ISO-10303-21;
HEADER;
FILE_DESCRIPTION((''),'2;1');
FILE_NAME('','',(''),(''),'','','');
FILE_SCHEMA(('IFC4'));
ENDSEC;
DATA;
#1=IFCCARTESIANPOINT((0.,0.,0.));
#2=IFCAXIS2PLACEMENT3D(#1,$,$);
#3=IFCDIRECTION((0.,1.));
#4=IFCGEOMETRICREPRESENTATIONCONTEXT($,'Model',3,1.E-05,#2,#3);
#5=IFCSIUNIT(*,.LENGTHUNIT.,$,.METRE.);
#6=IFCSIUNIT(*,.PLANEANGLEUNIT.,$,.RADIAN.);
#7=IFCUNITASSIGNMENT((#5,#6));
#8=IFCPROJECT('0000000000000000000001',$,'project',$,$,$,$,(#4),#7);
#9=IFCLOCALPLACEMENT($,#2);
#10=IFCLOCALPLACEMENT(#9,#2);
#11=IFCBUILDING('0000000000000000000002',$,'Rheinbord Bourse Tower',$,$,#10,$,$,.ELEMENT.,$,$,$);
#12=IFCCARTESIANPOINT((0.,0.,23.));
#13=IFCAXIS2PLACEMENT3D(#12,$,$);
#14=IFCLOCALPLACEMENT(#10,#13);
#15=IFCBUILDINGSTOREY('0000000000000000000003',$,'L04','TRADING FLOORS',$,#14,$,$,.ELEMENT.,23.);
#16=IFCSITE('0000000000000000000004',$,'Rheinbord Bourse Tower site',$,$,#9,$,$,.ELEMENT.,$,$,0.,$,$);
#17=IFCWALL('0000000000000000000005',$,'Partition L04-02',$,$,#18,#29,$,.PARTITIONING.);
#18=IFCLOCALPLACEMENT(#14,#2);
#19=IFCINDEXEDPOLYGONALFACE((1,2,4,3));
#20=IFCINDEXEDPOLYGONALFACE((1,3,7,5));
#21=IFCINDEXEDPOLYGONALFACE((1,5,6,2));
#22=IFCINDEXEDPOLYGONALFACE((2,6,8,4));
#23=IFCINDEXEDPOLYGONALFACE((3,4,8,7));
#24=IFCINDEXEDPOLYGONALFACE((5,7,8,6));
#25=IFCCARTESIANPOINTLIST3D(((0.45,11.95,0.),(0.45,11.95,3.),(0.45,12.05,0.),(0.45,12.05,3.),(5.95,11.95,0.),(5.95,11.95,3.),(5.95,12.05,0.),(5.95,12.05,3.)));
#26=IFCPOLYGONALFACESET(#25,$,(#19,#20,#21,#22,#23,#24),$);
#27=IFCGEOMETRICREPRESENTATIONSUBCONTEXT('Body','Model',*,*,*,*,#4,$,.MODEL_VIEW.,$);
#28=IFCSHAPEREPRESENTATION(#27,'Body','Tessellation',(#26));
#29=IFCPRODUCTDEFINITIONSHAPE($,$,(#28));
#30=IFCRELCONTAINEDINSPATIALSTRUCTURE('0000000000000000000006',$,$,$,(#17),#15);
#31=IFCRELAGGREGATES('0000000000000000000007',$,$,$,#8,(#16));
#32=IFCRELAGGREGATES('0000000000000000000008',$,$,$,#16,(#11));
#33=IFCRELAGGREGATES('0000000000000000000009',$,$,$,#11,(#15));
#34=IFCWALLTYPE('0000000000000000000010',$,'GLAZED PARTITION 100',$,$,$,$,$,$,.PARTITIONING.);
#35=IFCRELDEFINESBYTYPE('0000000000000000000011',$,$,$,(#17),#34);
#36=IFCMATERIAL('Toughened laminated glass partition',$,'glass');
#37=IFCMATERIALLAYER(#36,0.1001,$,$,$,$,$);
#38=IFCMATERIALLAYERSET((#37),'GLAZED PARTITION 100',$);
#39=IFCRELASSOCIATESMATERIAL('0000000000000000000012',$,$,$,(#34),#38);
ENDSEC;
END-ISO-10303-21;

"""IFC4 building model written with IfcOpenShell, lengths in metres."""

from ifc_helpers import new_model, si_unit, direction, frame, frame_2d, origin, place, context, subcontext, project, spatial, rectangle, extrude, material, layer, layer_set, type_object, element, save


model = new_model("IFC4")

# Units and contexts
model_context = context("Model", 3, precision=1e-05, world=origin(), true_north=direction((0.0, 1.0)))
body_context = subcontext(model_context, "Body", "Model", "MODEL_VIEW")
ifc_project = project(units=[si_unit("LENGTHUNIT", "METRE"), si_unit("PLANEANGLEUNIT", "RADIAN")], contexts=[model_context])

# Site, building, storey
site_placement = place(None, origin())
site = spatial("IfcSite", under=ifc_project, at=site_placement, Name="Rheinbord Bourse Tower site", CompositionType="ELEMENT", RefElevation=0.0)
building_placement = place(site_placement, origin())
building = spatial("IfcBuilding", under=site, at=building_placement, Name="Rheinbord Bourse Tower", CompositionType="ELEMENT")
storey_placement = place(building_placement, frame((0.0, 0.0, 23.0)))
storey = spatial("IfcBuildingStorey", under=building, at=storey_placement, Name="L04", Description="TRADING FLOORS", CompositionType="ELEMENT", Elevation=23.0)

# Wall
ifc_material_1 = material(Name="Toughened laminated glass partition", Category="glass")
ifc_layer_1 = layer(ifc_material_1, 0.1001)
ifc_layer_set_1 = layer_set([ifc_layer_1], Name="GLAZED PARTITION 100")
wall_type_1 = type_object("IfcWallType", Name="GLAZED PARTITION 100", PredefinedType="PARTITIONING", material=ifc_layer_set_1)
wall_1_placement = place(storey_placement, frame((0.45, 12.0, 0.0), z_axis=(0.0, 0.0, 1.0), x_axis=(1.0, 0.0, 0.0)))
element("IfcWall", 1, at=wall_1_placement, inside=storey, type_object=wall_type_1, Name="Partition L04-02", PredefinedType="PARTITIONING", context=body_context, shape_type="SweptSolid", body=[
    extrude(rectangle(XDim=5.5, YDim=0.1001, at=frame_2d((2.75, 0.0))), origin(), (0.0, 0.0, 1.0), 3.0),
])

save(model, "model.ifc")
